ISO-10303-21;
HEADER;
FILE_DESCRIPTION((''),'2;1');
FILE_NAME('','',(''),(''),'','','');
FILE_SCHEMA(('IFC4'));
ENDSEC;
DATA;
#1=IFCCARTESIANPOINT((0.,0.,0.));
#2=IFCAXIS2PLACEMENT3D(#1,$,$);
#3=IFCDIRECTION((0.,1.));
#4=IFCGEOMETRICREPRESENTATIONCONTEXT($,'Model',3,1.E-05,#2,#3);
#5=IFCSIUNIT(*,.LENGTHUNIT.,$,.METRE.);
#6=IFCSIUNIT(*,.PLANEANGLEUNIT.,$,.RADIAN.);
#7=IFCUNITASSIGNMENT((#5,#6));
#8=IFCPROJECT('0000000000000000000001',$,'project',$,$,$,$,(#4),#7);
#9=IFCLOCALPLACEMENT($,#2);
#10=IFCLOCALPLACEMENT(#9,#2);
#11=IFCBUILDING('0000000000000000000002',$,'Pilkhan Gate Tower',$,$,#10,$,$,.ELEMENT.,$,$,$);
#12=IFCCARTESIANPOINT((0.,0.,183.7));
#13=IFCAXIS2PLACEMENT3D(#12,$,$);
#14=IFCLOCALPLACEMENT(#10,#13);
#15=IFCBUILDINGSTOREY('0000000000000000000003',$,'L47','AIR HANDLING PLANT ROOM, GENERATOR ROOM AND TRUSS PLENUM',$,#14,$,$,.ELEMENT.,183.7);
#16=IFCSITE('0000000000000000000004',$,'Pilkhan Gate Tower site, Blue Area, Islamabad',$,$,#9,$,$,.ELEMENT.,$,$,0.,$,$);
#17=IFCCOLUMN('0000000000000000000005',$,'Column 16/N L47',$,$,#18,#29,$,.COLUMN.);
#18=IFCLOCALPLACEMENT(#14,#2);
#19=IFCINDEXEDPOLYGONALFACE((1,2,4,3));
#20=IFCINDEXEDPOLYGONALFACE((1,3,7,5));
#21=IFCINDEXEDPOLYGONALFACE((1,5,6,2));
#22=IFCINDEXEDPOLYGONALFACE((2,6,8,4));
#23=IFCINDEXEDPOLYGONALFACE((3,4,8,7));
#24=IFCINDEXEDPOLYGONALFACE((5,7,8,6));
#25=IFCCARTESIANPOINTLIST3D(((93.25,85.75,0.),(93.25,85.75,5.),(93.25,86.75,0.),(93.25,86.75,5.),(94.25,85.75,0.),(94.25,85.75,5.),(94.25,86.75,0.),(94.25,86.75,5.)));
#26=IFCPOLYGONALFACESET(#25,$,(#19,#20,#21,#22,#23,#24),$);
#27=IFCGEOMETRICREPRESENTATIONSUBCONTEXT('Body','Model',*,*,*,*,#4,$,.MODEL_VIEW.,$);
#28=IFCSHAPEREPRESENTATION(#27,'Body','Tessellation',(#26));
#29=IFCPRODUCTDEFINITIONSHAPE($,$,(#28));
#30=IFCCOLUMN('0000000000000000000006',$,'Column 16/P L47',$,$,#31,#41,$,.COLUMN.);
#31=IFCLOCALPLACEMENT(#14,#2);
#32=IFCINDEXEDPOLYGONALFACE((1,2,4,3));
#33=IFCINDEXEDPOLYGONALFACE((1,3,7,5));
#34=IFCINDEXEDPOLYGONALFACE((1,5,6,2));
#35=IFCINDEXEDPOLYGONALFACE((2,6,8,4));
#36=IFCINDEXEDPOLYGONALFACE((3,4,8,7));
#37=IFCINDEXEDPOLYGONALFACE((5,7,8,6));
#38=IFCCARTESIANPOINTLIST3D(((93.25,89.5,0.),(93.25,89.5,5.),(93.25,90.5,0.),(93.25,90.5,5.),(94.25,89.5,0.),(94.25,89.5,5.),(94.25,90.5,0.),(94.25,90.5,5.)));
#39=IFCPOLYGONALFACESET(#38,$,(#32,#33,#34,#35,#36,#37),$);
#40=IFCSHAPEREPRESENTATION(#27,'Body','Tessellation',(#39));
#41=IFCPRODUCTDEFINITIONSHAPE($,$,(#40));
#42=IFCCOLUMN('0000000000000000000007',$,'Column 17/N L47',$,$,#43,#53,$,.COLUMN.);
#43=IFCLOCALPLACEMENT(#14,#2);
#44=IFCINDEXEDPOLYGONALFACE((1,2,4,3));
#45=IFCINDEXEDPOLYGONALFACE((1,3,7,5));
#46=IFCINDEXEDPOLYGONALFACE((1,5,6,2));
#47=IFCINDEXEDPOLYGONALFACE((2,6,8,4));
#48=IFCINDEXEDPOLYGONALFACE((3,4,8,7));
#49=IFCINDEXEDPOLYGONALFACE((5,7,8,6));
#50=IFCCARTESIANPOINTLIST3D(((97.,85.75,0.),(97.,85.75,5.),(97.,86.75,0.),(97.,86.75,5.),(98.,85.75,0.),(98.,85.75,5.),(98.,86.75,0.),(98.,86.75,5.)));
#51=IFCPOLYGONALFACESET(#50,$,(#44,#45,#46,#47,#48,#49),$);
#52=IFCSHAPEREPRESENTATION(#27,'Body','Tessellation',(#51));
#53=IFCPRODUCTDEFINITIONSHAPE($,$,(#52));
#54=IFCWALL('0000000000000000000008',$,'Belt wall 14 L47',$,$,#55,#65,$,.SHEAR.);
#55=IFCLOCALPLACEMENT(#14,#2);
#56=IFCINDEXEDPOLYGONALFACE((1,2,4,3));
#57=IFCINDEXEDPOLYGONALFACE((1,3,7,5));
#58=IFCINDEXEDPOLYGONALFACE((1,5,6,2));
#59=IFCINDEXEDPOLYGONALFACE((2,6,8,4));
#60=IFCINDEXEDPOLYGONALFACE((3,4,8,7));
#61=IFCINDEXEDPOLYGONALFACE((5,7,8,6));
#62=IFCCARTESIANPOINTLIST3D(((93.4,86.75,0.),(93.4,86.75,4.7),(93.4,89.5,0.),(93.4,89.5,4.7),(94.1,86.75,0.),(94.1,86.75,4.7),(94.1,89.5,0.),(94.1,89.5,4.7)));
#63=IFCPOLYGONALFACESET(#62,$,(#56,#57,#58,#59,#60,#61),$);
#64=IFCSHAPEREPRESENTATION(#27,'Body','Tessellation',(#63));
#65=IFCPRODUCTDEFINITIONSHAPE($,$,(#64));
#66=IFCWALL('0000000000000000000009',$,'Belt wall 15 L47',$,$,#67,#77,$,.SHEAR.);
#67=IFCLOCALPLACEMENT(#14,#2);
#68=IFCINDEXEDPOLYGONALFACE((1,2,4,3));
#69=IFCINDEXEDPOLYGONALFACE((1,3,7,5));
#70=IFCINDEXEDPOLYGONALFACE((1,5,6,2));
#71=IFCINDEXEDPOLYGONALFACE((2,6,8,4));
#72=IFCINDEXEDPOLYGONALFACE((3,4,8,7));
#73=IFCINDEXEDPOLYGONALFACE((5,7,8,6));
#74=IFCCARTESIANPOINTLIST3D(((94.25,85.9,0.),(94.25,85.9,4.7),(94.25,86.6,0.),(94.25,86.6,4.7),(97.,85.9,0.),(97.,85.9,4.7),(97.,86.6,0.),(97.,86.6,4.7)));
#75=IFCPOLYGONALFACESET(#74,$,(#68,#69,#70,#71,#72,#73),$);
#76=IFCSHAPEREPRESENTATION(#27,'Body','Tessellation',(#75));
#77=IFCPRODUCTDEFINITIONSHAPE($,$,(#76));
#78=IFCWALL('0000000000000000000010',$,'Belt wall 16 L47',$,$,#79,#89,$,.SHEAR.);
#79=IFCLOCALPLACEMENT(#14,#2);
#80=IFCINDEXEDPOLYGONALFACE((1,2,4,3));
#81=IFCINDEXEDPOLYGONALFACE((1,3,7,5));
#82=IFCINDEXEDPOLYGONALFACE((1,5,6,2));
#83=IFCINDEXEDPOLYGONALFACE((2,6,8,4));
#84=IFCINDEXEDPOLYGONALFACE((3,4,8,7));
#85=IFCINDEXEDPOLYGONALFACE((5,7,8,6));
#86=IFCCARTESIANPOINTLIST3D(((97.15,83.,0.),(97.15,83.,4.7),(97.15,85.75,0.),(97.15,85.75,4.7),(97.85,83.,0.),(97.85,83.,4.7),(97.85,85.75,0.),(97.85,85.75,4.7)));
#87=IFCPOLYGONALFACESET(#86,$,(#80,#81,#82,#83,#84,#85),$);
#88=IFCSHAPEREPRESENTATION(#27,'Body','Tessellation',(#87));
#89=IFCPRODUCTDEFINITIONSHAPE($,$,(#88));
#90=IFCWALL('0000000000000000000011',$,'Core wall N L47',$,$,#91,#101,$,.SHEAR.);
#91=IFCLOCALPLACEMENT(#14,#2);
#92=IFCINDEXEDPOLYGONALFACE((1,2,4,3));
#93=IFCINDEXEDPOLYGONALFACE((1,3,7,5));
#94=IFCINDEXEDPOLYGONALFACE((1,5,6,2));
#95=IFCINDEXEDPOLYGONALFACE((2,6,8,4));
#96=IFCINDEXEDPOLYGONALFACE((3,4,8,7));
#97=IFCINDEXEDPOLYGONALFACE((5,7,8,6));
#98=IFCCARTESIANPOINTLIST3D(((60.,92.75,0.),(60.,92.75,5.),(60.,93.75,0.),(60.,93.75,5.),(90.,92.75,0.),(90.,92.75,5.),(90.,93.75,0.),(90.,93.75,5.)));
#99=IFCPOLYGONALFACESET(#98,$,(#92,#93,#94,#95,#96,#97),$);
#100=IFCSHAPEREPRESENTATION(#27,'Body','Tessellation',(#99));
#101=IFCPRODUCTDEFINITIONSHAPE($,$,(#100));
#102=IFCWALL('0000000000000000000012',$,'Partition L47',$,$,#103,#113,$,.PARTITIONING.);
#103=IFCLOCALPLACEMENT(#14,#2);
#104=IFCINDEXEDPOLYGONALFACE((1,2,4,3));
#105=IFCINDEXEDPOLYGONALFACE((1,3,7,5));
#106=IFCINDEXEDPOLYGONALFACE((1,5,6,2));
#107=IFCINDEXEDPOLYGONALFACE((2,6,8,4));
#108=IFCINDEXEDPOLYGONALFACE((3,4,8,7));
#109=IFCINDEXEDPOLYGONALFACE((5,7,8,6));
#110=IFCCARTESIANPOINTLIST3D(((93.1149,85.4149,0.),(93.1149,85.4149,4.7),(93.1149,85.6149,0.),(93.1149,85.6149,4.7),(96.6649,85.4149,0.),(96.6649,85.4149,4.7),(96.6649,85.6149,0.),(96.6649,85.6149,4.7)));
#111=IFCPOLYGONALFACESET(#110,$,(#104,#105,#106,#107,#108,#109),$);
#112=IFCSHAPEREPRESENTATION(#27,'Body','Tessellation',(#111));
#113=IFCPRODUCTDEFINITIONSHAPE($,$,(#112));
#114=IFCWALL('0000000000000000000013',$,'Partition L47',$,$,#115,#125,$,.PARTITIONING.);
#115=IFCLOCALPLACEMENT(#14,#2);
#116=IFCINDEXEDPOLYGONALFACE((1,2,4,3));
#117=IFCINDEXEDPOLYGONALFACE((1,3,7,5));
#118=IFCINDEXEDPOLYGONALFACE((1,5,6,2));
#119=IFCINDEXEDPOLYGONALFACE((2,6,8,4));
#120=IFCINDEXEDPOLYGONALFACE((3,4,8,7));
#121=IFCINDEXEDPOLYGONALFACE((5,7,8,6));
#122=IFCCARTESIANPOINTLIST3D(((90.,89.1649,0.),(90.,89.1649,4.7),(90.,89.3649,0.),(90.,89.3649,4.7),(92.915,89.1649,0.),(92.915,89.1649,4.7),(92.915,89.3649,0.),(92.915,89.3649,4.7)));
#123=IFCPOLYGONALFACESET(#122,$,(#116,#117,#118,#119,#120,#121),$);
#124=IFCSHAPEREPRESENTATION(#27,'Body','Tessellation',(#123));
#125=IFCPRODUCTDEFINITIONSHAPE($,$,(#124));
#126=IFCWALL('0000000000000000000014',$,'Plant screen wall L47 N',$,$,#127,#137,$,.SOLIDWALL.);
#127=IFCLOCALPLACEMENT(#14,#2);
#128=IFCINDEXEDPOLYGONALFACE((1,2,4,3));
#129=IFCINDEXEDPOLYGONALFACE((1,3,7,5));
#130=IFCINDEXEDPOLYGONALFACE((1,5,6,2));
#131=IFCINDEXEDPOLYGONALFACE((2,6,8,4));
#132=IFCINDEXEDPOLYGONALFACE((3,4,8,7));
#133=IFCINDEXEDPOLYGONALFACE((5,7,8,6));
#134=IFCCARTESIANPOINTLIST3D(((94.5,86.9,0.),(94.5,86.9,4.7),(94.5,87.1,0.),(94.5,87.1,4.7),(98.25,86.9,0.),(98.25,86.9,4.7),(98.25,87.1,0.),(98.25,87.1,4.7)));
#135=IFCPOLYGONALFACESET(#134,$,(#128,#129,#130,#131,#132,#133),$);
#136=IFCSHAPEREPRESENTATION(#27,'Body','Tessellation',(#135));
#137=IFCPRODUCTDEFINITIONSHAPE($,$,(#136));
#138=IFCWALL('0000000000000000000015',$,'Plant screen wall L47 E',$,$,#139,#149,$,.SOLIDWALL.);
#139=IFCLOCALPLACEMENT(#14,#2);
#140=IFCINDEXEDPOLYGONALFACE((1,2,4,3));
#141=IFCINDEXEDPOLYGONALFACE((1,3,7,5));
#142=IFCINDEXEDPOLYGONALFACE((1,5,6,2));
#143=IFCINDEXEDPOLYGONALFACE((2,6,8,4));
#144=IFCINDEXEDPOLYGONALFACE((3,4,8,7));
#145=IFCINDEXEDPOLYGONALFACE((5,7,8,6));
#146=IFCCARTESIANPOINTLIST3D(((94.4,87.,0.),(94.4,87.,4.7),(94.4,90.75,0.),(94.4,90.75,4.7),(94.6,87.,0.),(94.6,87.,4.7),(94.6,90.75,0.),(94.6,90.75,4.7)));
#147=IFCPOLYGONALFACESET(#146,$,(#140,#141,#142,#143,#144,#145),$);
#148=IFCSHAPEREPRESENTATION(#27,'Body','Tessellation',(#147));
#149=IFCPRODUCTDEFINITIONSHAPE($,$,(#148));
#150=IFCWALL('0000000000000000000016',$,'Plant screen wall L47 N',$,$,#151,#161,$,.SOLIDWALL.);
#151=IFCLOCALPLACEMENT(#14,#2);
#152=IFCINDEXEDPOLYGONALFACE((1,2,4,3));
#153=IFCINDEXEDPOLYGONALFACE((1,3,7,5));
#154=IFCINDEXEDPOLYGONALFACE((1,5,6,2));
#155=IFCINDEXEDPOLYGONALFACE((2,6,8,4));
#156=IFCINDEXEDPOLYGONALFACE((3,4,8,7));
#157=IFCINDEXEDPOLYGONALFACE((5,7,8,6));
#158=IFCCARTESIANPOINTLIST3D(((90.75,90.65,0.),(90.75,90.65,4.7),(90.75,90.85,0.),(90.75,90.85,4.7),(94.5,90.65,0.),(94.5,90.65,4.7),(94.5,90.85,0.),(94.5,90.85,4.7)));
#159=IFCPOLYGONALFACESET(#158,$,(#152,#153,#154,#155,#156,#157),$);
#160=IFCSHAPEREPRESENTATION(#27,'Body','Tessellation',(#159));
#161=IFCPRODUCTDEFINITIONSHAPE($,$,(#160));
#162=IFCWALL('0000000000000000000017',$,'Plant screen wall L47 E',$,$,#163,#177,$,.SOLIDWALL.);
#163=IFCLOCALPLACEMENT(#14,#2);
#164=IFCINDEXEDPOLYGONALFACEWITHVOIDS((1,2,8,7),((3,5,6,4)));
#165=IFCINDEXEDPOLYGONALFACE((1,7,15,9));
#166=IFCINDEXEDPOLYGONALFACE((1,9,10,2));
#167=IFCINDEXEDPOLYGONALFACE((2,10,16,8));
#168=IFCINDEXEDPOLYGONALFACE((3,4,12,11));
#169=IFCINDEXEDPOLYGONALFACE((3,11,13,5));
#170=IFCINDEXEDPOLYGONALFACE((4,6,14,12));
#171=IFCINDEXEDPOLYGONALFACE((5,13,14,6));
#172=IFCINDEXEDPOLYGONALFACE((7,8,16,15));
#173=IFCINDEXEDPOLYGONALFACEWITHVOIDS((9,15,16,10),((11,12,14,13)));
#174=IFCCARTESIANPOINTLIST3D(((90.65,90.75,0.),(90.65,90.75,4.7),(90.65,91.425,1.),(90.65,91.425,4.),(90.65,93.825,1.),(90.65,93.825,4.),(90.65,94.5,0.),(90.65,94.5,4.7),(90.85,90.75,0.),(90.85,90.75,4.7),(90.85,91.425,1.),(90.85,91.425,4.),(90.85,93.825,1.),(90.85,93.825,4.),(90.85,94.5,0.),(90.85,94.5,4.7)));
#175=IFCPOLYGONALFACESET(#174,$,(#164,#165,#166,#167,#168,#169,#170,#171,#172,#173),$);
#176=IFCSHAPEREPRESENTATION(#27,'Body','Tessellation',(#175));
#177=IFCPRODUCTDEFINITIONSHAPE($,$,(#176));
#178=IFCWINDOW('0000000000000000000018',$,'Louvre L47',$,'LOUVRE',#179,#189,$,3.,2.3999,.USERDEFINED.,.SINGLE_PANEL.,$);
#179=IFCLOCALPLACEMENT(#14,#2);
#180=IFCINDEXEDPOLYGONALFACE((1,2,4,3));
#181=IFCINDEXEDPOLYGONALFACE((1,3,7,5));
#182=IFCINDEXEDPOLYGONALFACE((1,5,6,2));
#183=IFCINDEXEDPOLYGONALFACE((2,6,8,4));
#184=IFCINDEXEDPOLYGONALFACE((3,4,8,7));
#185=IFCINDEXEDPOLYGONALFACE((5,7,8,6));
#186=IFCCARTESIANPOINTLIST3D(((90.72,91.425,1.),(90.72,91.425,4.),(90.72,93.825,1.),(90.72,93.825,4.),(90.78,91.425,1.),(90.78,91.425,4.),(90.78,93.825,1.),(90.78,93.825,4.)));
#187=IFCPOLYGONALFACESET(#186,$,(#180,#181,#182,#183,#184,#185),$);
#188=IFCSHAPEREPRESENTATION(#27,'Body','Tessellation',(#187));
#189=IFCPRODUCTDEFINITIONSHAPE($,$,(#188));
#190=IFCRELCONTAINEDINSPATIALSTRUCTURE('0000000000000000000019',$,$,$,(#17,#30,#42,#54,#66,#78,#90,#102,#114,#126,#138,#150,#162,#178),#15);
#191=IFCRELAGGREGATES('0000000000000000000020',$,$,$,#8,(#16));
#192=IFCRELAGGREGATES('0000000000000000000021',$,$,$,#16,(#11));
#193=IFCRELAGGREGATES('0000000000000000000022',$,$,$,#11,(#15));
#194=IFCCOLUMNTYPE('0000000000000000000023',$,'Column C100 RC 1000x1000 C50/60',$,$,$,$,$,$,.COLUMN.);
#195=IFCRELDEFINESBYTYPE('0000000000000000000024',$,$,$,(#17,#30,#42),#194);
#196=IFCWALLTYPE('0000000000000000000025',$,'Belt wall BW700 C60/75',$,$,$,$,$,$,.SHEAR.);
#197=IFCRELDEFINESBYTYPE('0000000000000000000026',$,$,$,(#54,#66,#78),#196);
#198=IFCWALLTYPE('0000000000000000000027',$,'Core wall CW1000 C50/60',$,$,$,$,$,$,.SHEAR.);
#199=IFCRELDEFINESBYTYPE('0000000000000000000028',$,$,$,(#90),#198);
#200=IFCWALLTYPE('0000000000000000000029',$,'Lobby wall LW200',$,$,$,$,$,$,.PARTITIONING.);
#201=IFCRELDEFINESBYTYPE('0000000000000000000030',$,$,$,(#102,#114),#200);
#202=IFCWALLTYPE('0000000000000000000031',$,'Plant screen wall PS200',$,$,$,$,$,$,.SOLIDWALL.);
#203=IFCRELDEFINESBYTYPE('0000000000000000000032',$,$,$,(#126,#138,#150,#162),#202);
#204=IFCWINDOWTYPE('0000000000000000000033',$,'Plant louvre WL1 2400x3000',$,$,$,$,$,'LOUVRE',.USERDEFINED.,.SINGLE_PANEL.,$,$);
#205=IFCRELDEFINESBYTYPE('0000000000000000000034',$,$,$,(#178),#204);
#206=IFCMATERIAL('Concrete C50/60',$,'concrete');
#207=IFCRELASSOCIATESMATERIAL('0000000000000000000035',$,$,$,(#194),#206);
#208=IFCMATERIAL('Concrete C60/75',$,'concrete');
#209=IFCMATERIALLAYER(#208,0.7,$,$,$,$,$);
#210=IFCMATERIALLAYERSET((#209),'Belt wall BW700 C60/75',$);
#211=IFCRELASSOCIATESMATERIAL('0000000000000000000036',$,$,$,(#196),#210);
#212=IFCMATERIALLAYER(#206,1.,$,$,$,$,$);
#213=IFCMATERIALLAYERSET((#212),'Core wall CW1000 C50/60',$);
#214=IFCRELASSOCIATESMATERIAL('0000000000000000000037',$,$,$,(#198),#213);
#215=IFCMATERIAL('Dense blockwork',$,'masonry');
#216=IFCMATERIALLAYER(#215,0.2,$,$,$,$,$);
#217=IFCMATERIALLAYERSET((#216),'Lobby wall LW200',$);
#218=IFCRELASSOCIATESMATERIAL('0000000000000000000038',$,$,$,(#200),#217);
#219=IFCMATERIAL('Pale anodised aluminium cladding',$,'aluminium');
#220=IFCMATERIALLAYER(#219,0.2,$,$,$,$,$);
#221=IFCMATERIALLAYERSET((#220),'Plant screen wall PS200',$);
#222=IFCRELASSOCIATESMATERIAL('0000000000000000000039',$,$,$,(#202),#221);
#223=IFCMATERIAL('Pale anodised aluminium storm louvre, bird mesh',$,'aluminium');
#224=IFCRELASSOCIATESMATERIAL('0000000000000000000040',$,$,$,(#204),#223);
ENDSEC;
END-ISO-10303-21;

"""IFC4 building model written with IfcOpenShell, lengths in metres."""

from ifc_helpers import new_model, si_unit, direction, frame, frame_2d, origin, origin_2d, place, context, subcontext, project, spatial, rectangle, extrude, material, layer, layer_set, material_profile, profile_set, type_object, element, fill, save


model = new_model("IFC4")

# Units and contexts
model_context = context("Model", 3, precision=1e-05, world=origin(), true_north=direction((0.0, 1.0)))
body_context = subcontext(model_context, "Body", "Model", "MODEL_VIEW")
ifc_project = project(units=[si_unit("LENGTHUNIT", "METRE"), si_unit("PLANEANGLEUNIT", "RADIAN")], contexts=[model_context])

# Site, building, storey
site_placement = place(None, origin())
site = spatial("IfcSite", under=ifc_project, at=site_placement, Name="Pilkhan Gate Tower site, Blue Area, Islamabad", CompositionType="ELEMENT", RefElevation=0.0)
building_placement = place(site_placement, origin())
building = spatial("IfcBuilding", under=site, at=building_placement, Name="Pilkhan Gate Tower", CompositionType="ELEMENT")
storey_placement = place(building_placement, frame((0.0, 0.0, 183.7)))
storey = spatial("IfcBuildingStorey", under=building, at=storey_placement, Name="L47", Description="AIR HANDLING PLANT ROOM, GENERATOR ROOM AND TRUSS PLENUM", CompositionType="ELEMENT", Elevation=183.7)

# Columns
ifc_material_1 = material(Name="Concrete C50/60", Category="concrete")
ifc_material_profile = material_profile(ifc_material_1, rectangle(XDim=1.0, YDim=1.0, at=origin_2d()), Name="RC 1000x1000")
ifc_profile_set = profile_set([ifc_material_profile], Name="Concrete C50/60")
column_type = type_object("IfcColumnType", Name="Column C100 RC 1000x1000 C50/60", PredefinedType="COLUMN", material=ifc_profile_set)
for number, where, z_axis, x_axis, name in (
    (1, (93.75, 86.25, 0.0), (0.0, 0.0, 1.0), (1.0, 0.0, 0.0), "Column 16/N L47"),
    (2, (93.75, 90.0, 0.0), (0.0, 0.0, 1.0), (1.0, 0.0, 0.0), "Column 16/P L47"),
    (3, (97.5, 86.25, 0.0), (0.0, 0.0, 1.0), (1.0, 0.0, 0.0), "Column 17/N L47"),
):
    element("IfcColumn", number, at=place(storey_placement, frame(where, z_axis=z_axis, x_axis=x_axis)), inside=storey, type_object=column_type, Name=name, PredefinedType="COLUMN", context=body_context, shape_type="SweptSolid", body=[
        extrude(rectangle(XDim=1.0, YDim=1.0, at=origin_2d()), origin(), (0.0, 0.0, 1.0), 5.0),
    ])

# Walls
ifc_material_2 = material(Name="Concrete C60/75", Category="concrete")
ifc_layer_1 = layer(ifc_material_2, 0.7)
ifc_layer_set_1 = layer_set([ifc_layer_1], Name="Belt wall BW700 C60/75")
wall_type_1 = type_object("IfcWallType", Name="Belt wall BW700 C60/75", PredefinedType="SHEAR", material=ifc_layer_set_1)
for number, where, z_axis, x_axis, name in (
    (4, (93.75, 89.5, 0.0), (0.0, 0.0, 1.0), (0.0, -1.0, 0.0), "Belt wall 14 L47"),
    (5, (94.25, 86.25, 0.0), (0.0, 0.0, 1.0), (1.0, 0.0, 0.0), "Belt wall 15 L47"),
    (6, (97.5, 85.75, 0.0), (0.0, 0.0, 1.0), (0.0, -1.0, 0.0), "Belt wall 16 L47"),
):
    element("IfcWall", number, at=place(storey_placement, frame(where, z_axis=z_axis, x_axis=x_axis)), inside=storey, type_object=wall_type_1, Name=name, PredefinedType="SHEAR", context=body_context, shape_type="SweptSolid", body=[
        extrude(rectangle(XDim=2.75, YDim=0.7, at=frame_2d((1.375, 0.0))), origin(), (0.0, 0.0, 1.0), 4.7),
    ])
ifc_layer_2 = layer(ifc_material_1, 1.0)
ifc_layer_set_2 = layer_set([ifc_layer_2], Name="Core wall CW1000 C50/60")
wall_type_2 = type_object("IfcWallType", Name="Core wall CW1000 C50/60", PredefinedType="SHEAR", material=ifc_layer_set_2)
wall_1_placement = place(storey_placement, frame((90.0, 93.25, 0.0), z_axis=(0.0, 0.0, 1.0), x_axis=(-1.0, 0.0, 0.0)))
element("IfcWall", 7, at=wall_1_placement, inside=storey, type_object=wall_type_2, Name="Core wall N L47", PredefinedType="SHEAR", context=body_context, shape_type="SweptSolid", body=[
    extrude(rectangle(XDim=30.0, YDim=1.0, at=frame_2d((15.0, 0.0))), origin(), (0.0, 0.0, 1.0), 5.0),
])
ifc_material_3 = material(Name="Dense blockwork", Category="masonry")
ifc_layer_3 = layer(ifc_material_3, 0.2)
ifc_layer_set_3 = layer_set([ifc_layer_3], Name="Lobby wall LW200")
wall_type_3 = type_object("IfcWallType", Name="Lobby wall LW200", PredefinedType="PARTITIONING", material=ifc_layer_set_3)
wall_2_placement = place(storey_placement, frame((93.115, 85.5149, 0.0), z_axis=(0.0, 0.0, 1.0), x_axis=(1.0, 0.0, 0.0)))
element("IfcWall", 8, at=wall_2_placement, inside=storey, type_object=wall_type_3, Name="Partition L47", PredefinedType="PARTITIONING", context=body_context, shape_type="SweptSolid", body=[
    extrude(rectangle(XDim=3.55, YDim=0.2, at=frame_2d((1.7749, 0.0))), origin(), (0.0, 0.0, 1.0), 4.7),
])
wall_3_placement = place(storey_placement, frame((90.0, 89.2649, 0.0), z_axis=(0.0, 0.0, 1.0), x_axis=(1.0, 0.0, 0.0)))
element("IfcWall", 9, at=wall_3_placement, inside=storey, type_object=wall_type_3, Name="Partition L47", PredefinedType="PARTITIONING", context=body_context, shape_type="SweptSolid", body=[
    extrude(rectangle(XDim=2.915, YDim=0.2, at=frame_2d((1.4575, 0.0))), origin(), (0.0, 0.0, 1.0), 4.7),
])
ifc_material_4 = material(Name="Pale anodised aluminium cladding", Category="aluminium")
ifc_layer_4 = layer(ifc_material_4, 0.2)
ifc_layer_set_4 = layer_set([ifc_layer_4], Name="Plant screen wall PS200")
wall_type_4 = type_object("IfcWallType", Name="Plant screen wall PS200", PredefinedType="SOLIDWALL", material=ifc_layer_set_4)
for number, where, z_axis, x_axis, name in (
    (10, (94.5, 87.0, 0.0), (0.0, 0.0, 1.0), (1.0, 0.0, 0.0), "Plant screen wall L47 N"),
    (11, (94.5, 87.0, 0.0), (0.0, 0.0, 1.0), (0.0, 1.0, 0.0), "Plant screen wall L47 E"),
    (12, (90.75, 90.75, 0.0), (0.0, 0.0, 1.0), (1.0, 0.0, 0.0), "Plant screen wall L47 N"),
):
    element("IfcWall", number, at=place(storey_placement, frame(where, z_axis=z_axis, x_axis=x_axis)), inside=storey, type_object=wall_type_4, Name=name, PredefinedType="SOLIDWALL", context=body_context, shape_type="SweptSolid", body=[
        extrude(rectangle(XDim=3.75, YDim=0.2, at=frame_2d((1.875, 0.0))), origin(), (0.0, 0.0, 1.0), 4.7),
    ])

# Wall, opening, window
wall_4_placement = place(storey_placement, frame((90.75, 90.75, 0.0), z_axis=(0.0, 0.0, 1.0), x_axis=(0.0, 1.0, 0.0)))
wall_4 = element("IfcWall", 13, at=wall_4_placement, inside=storey, type_object=wall_type_4, Name="Plant screen wall L47 E", PredefinedType="SOLIDWALL", context=body_context, shape_type="SweptSolid", body=[
    extrude(rectangle(XDim=3.75, YDim=0.2, at=frame_2d((1.875, 0.0))), origin(), (0.0, 0.0, 1.0), 4.7),
])
opening_placement = place(wall_4_placement, frame((0.675, 0.0, 1.0)))
opening = element("IfcOpeningElement", 14, at=opening_placement, cuts=wall_4, PredefinedType="OPENING", context=body_context, shape_type="SweptSolid", body=[
    extrude(rectangle(XDim=2.3999, YDim=3.0, at=frame_2d((1.2, 1.5))), frame((0.0, 0.1099, 0.0), z_axis=(0.0, -1.0, 0.0), x_axis=(1.0, 0.0, 0.0)), (0.0, 0.0, 1.0), 0.22),
])
ifc_material_5 = material(Name="Pale anodised aluminium storm louvre, bird mesh", Category="aluminium")
window_type = type_object("IfcWindowType", Name="Plant louvre WL1 2400x3000", ElementType="LOUVRE", PartitioningType="SINGLE_PANEL", PredefinedType="USERDEFINED", material=ifc_material_5)
window_placement = place(opening_placement, origin())
window = element("IfcWindow", 15, at=window_placement, inside=storey, type_object=window_type, Name="Louvre L47", ObjectType="LOUVRE", OverallHeight=3.0, OverallWidth=2.3999, PartitioningType="SINGLE_PANEL", PredefinedType="USERDEFINED", context=body_context, shape_type="SweptSolid", body=[
    extrude(rectangle(XDim=2.3999, YDim=3.0, at=frame_2d((1.2, 1.5))), frame((0.0, 0.03, 0.0), z_axis=(0.0, -1.0, 0.0), x_axis=(1.0, 0.0, 0.0)), (0.0, 0.0, 1.0), 0.0601),
])
fill(opening, window)

save(model, "model.ifc")
